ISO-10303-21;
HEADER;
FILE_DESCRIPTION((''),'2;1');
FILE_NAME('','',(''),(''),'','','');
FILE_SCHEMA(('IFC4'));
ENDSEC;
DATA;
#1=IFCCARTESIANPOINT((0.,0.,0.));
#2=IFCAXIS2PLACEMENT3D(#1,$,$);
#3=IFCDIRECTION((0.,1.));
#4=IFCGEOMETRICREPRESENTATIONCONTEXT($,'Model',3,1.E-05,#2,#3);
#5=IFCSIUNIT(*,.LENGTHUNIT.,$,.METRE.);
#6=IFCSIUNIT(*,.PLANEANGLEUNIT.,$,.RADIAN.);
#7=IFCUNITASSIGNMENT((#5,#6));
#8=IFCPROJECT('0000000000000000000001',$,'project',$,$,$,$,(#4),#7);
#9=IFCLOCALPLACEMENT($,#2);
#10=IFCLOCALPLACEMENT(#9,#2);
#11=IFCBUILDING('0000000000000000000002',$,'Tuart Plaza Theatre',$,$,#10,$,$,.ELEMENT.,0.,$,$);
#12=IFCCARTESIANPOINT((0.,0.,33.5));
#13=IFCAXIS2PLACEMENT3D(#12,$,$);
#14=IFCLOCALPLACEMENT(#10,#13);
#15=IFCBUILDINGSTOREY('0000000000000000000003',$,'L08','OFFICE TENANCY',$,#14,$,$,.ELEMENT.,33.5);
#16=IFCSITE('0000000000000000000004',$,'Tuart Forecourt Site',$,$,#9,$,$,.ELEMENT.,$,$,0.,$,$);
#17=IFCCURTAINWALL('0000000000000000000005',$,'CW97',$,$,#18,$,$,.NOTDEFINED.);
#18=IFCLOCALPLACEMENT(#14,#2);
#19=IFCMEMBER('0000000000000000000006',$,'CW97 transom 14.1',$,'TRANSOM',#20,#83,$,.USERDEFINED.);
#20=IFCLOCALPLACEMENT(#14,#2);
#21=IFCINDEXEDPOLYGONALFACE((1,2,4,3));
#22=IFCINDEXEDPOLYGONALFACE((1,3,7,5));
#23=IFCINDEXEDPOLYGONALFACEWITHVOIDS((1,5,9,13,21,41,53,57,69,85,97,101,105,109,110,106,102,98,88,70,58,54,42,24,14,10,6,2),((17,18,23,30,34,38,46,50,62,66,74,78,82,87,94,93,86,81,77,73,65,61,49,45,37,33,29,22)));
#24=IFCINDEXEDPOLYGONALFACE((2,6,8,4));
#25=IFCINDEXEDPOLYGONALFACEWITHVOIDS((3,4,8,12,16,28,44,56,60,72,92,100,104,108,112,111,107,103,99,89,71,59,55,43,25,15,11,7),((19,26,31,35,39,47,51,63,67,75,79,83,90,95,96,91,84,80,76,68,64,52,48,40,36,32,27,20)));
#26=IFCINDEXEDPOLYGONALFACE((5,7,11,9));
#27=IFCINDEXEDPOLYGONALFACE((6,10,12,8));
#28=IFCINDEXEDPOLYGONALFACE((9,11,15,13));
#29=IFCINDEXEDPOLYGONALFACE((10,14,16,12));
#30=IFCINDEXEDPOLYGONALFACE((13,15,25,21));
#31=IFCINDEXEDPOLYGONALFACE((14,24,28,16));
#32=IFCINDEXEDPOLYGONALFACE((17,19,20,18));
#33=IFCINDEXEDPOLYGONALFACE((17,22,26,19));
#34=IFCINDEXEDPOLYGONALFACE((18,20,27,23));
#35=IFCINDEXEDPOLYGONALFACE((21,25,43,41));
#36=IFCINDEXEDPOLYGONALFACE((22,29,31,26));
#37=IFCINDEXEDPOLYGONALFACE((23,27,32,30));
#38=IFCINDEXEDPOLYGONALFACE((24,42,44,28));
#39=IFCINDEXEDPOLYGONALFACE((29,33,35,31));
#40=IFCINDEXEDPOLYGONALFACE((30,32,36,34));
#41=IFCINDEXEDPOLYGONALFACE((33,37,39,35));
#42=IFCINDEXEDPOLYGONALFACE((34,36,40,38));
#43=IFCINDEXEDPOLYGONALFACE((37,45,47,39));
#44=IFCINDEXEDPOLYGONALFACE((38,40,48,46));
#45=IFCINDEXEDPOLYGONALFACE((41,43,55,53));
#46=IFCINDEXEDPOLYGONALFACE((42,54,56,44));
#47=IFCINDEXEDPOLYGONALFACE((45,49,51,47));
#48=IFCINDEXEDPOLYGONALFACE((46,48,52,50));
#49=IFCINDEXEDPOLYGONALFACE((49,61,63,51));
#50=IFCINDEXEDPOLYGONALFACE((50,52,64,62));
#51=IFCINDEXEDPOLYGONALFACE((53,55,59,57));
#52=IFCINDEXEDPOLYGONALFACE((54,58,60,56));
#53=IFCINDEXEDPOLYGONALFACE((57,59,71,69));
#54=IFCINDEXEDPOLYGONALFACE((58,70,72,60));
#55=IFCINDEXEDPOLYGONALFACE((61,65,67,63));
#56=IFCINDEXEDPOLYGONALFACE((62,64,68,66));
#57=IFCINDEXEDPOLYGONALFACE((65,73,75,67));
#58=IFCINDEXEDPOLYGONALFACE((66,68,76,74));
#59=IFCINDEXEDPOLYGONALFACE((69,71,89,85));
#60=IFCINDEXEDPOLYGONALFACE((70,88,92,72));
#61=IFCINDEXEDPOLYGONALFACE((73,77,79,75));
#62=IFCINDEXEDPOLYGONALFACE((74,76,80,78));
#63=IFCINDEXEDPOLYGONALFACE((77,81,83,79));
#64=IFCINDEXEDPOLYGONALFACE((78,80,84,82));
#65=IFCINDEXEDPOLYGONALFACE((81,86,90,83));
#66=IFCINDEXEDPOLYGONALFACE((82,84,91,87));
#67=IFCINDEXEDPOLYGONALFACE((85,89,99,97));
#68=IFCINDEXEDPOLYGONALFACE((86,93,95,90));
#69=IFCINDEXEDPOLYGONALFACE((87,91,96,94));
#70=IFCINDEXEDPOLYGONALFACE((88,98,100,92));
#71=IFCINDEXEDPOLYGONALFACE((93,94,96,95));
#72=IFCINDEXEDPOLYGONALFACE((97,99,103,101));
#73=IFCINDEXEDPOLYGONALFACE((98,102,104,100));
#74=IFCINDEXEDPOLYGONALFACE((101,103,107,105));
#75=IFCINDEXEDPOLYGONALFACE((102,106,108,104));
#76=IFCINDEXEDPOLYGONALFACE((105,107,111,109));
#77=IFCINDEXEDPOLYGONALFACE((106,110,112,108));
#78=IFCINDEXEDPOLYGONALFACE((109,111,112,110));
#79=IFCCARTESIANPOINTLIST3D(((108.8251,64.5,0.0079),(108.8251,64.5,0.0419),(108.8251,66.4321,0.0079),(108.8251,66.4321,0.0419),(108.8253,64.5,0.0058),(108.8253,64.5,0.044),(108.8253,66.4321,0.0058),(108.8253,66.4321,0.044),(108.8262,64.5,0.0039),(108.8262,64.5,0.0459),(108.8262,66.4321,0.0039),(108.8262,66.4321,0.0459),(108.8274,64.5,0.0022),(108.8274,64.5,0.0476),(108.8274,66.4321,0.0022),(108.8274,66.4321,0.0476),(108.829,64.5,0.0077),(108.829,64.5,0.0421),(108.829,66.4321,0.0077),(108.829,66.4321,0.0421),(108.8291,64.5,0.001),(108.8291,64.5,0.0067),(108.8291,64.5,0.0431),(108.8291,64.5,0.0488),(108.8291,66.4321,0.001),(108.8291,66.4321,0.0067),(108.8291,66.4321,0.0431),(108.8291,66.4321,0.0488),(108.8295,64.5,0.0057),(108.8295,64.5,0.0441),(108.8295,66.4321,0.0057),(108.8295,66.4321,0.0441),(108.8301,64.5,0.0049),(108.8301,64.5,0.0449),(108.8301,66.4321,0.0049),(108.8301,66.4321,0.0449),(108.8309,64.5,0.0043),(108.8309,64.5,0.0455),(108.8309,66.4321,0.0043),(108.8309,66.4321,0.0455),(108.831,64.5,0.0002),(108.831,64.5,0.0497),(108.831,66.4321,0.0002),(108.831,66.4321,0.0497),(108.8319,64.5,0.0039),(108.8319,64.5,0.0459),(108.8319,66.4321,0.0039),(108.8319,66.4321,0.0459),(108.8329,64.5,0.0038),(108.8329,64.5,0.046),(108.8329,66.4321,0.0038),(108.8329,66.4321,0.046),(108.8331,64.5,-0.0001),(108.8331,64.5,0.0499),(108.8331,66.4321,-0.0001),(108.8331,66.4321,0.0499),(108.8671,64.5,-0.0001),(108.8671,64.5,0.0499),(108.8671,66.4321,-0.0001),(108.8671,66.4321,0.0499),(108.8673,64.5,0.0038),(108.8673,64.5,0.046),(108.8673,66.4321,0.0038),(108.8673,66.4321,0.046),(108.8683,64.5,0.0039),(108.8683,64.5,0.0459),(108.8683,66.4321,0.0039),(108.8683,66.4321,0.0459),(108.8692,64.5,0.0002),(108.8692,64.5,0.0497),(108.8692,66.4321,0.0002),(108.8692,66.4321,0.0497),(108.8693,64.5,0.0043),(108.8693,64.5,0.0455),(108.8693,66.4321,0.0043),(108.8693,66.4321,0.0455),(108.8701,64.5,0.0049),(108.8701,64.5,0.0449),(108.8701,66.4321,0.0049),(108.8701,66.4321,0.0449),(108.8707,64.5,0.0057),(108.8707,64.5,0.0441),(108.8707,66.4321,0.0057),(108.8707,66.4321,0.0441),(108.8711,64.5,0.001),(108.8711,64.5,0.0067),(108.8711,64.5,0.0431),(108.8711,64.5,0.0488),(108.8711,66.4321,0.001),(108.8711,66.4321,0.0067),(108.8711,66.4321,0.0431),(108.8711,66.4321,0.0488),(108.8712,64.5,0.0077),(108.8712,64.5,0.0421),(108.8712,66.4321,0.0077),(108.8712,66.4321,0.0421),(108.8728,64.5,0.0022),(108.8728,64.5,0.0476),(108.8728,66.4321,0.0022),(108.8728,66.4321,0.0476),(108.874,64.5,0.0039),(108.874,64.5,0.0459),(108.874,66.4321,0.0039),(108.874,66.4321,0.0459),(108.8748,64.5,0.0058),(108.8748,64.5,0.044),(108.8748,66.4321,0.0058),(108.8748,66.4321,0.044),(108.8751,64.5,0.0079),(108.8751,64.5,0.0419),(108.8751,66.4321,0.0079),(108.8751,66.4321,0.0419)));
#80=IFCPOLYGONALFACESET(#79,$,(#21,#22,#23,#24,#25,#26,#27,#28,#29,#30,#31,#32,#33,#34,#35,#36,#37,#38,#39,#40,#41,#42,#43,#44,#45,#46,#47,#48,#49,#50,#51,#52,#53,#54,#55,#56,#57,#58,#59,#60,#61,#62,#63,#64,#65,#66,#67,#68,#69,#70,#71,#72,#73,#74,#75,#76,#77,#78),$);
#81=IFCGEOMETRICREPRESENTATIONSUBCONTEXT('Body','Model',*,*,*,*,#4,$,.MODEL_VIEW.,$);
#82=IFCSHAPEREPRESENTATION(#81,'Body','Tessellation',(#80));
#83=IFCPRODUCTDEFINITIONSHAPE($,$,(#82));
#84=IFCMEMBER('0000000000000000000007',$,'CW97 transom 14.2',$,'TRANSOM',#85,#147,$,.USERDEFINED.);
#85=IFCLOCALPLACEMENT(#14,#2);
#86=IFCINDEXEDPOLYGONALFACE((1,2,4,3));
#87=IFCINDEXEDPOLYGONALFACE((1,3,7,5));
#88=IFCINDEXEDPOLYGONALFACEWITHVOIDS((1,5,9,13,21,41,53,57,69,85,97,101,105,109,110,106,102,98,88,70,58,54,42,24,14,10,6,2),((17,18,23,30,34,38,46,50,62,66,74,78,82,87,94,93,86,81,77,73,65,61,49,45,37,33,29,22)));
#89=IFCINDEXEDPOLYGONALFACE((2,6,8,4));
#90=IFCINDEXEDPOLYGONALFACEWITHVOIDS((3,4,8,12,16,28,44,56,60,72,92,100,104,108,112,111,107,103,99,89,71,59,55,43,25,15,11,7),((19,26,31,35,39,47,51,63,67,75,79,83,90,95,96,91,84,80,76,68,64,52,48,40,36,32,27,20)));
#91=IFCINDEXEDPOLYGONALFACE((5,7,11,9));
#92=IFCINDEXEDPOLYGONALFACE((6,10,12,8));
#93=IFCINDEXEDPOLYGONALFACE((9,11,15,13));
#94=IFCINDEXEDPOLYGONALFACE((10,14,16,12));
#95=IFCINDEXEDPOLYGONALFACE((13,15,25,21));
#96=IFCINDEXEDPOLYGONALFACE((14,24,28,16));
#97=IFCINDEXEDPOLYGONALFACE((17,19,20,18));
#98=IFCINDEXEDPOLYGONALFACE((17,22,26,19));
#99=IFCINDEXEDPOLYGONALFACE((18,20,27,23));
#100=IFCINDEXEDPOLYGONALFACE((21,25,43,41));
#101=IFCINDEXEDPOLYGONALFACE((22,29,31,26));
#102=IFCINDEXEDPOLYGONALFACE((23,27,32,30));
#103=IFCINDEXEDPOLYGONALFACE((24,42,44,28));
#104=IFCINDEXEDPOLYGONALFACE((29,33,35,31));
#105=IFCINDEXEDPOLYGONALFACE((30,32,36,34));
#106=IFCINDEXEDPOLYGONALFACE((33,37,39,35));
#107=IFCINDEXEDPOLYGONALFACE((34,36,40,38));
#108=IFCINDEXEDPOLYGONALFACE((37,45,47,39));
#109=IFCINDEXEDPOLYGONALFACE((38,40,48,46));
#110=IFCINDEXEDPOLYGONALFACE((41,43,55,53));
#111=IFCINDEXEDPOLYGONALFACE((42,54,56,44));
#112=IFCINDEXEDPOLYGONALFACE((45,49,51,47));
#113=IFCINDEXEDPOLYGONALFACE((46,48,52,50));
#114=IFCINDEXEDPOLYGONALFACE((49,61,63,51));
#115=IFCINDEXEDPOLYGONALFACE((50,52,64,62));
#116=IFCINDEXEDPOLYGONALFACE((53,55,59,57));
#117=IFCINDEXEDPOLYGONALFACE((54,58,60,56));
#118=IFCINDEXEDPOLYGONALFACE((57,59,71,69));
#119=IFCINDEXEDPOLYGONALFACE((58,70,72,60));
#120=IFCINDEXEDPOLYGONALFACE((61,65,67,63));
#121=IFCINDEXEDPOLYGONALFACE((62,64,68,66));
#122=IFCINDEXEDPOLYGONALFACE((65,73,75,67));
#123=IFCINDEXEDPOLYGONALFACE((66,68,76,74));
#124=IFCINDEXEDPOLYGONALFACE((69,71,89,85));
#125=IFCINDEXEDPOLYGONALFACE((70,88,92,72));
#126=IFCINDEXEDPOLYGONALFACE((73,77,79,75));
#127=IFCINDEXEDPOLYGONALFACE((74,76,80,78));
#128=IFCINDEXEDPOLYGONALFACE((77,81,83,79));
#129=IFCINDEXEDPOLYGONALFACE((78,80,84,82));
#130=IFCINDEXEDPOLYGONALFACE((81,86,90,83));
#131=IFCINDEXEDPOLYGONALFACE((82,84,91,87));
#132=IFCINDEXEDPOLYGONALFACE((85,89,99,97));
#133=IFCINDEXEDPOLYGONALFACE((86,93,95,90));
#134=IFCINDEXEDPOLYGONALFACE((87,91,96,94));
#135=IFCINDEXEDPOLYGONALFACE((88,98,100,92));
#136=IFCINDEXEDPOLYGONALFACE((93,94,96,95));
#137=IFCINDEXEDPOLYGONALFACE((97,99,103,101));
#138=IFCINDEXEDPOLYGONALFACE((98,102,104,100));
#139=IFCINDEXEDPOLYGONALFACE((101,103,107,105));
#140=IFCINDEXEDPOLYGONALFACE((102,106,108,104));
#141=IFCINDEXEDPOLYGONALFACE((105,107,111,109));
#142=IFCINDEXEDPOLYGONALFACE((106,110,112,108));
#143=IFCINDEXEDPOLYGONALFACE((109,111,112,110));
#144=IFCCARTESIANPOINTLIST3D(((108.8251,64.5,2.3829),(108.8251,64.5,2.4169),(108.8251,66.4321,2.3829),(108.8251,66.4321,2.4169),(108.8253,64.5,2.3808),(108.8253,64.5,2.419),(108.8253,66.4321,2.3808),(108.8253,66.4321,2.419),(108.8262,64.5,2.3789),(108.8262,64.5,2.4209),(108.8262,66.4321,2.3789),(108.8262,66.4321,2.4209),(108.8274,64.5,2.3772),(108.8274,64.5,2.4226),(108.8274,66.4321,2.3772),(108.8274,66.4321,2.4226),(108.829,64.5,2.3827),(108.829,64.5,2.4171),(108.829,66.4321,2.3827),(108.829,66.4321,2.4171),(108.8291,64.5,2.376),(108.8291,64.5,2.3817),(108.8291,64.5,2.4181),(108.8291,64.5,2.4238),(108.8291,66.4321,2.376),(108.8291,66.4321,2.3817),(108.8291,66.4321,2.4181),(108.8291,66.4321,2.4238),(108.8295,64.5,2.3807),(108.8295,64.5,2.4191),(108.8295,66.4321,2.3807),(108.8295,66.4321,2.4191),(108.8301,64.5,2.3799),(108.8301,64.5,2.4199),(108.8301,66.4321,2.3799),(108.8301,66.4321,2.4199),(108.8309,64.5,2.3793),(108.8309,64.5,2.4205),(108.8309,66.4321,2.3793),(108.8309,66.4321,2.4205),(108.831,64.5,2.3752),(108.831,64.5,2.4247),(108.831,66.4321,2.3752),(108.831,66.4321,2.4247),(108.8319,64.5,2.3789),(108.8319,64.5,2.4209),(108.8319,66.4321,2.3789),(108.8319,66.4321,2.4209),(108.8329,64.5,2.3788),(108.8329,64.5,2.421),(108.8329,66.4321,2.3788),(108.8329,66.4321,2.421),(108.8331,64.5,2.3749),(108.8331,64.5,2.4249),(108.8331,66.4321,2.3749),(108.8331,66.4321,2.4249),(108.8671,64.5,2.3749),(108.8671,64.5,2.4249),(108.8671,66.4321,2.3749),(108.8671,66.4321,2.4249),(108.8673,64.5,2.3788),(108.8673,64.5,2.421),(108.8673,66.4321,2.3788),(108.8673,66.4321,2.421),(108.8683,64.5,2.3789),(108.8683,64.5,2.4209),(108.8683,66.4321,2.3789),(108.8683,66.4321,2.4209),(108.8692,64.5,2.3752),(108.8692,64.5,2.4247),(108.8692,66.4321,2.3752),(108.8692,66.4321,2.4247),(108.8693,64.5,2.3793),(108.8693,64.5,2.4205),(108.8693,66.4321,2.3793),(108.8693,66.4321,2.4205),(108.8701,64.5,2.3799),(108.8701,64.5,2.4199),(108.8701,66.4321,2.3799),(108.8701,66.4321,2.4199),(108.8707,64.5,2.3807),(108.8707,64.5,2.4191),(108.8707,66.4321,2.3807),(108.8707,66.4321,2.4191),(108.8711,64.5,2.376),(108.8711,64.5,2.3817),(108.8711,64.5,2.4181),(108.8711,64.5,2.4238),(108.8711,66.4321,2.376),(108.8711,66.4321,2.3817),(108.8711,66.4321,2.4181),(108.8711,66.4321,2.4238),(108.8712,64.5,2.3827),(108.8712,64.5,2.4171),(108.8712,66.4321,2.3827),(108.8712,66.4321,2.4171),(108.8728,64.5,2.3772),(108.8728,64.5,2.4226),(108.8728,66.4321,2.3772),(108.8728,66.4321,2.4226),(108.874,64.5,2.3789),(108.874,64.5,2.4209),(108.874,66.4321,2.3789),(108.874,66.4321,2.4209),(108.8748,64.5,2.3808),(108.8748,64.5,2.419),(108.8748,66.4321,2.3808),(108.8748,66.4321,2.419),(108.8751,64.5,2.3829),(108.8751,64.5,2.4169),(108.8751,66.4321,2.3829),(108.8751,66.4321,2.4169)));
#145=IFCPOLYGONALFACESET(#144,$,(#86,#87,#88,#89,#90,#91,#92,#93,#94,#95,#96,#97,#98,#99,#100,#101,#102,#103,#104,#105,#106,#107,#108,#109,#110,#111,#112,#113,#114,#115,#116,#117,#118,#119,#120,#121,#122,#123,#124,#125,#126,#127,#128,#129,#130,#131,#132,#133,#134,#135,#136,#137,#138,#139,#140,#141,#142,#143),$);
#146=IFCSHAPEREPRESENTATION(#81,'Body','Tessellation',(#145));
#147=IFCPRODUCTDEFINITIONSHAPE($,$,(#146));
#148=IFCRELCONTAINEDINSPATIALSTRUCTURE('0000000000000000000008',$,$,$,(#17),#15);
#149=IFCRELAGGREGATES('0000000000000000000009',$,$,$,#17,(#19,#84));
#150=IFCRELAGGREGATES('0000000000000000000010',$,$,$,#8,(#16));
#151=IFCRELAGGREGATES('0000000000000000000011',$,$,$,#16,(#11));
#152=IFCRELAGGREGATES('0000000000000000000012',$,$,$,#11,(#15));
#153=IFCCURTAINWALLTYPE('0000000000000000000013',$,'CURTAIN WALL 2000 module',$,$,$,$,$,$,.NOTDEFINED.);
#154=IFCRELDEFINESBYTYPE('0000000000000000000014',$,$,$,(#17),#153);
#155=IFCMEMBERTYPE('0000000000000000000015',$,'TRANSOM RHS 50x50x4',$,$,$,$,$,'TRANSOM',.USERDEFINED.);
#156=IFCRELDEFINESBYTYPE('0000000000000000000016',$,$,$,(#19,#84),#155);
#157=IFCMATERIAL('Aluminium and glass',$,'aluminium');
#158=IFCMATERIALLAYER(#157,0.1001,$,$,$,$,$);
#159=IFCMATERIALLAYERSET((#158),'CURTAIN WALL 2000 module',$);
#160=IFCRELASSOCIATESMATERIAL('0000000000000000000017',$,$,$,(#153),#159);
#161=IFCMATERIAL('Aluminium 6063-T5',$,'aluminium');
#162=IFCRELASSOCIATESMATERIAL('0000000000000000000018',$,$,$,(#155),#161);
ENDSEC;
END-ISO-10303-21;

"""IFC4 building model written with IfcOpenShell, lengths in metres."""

from ifc_helpers import new_model, si_unit, direction, frame, origin, origin_2d, place, context, subcontext, project, spatial, hollow_rectangle, extrude, material, layer, layer_set, material_profile, profile_set, type_object, element, aggregate, save


model = new_model("IFC4")

# Units and contexts
model_context = context("Model", 3, precision=1e-05, world=origin(), true_north=direction((0.0, 1.0)))
body_context = subcontext(model_context, "Body", "Model", "MODEL_VIEW")
ifc_project = project(units=[si_unit("LENGTHUNIT", "METRE"), si_unit("PLANEANGLEUNIT", "RADIAN")], contexts=[model_context])

# Site, building, storey
site_placement = place(None, origin())
site = spatial("IfcSite", under=ifc_project, at=site_placement, Name="Tuart Forecourt Site", CompositionType="ELEMENT", RefElevation=0.0)
building_placement = place(site_placement, origin())
building = spatial("IfcBuilding", under=site, at=building_placement, Name="Tuart Plaza Theatre", CompositionType="ELEMENT", ElevationOfRefHeight=0.0)
storey_placement = place(building_placement, frame((0.0, 0.0, 33.5)))
storey = spatial("IfcBuildingStorey", under=building, at=storey_placement, Name="L08", Description="OFFICE TENANCY", CompositionType="ELEMENT", Elevation=33.5)

# Curtain wall
ifc_material_1 = material(Name="Aluminium and glass", Category="aluminium")
ifc_layer_1 = layer(ifc_material_1, 0.1001)
ifc_layer_set_1 = layer_set([ifc_layer_1], Name="CURTAIN WALL 2000 module")
curtain_wall_type = type_object("IfcCurtainWallType", Name="CURTAIN WALL 2000 module", PredefinedType="NOTDEFINED", material=ifc_layer_set_1)
curtain_wall_1_placement = place(storey_placement, origin())
curtain_wall_1 = element("IfcCurtainWall", 1, at=curtain_wall_1_placement, inside=storey, type_object=curtain_wall_type, Name="CW97", PredefinedType="NOTDEFINED")

# Members
ifc_material_2 = material(Name="Aluminium 6063-T5", Category="aluminium")
ifc_material_profile_1 = material_profile(ifc_material_2, hollow_rectangle(XDim=0.05, YDim=0.05, WallThickness=0.0039, InnerFilletRadius=0.0039, OuterFilletRadius=0.0081, at=origin_2d()), Name="RHS 50x50x4")
ifc_profile_set_1 = profile_set([ifc_material_profile_1], Name="Aluminium 6063-T5")
member_type_1 = type_object("IfcMemberType", Name="TRANSOM RHS 50x50x4", ElementType="TRANSOM", PredefinedType="USERDEFINED", material=ifc_profile_set_1)
member_1_placement = place(storey_placement, frame((108.8501, 66.4321, 0.0249), z_axis=(0.0, -1.0, 0.0), x_axis=(1.0, 0.0, 0.0)))
member_1 = element("IfcMember", 2, at=member_1_placement, type_object=member_type_1, Name="CW97 transom 14.1", ObjectType="TRANSOM", PredefinedType="USERDEFINED", context=body_context, shape_type="SweptSolid", body=[
    extrude(hollow_rectangle(XDim=0.05, YDim=0.05, WallThickness=0.0039, InnerFilletRadius=0.0039, OuterFilletRadius=0.0081, at=origin_2d()), origin(), (0.0, 0.0, 1.0), 1.9321),
])
member_2_placement = place(storey_placement, frame((108.8501, 66.4321, 2.3999), z_axis=(0.0, -1.0, 0.0), x_axis=(1.0, 0.0, 0.0)))
member_2 = element("IfcMember", 3, at=member_2_placement, type_object=member_type_1, Name="CW97 transom 14.2", ObjectType="TRANSOM", PredefinedType="USERDEFINED", context=body_context, shape_type="SweptSolid", body=[
    extrude(hollow_rectangle(XDim=0.05, YDim=0.05, WallThickness=0.0039, InnerFilletRadius=0.0039, OuterFilletRadius=0.0081, at=origin_2d()), origin(), (0.0, 0.0, 1.0), 1.9321),
])

aggregate(curtain_wall_1, [member_1, member_2])

save(model, "model.ifc")
